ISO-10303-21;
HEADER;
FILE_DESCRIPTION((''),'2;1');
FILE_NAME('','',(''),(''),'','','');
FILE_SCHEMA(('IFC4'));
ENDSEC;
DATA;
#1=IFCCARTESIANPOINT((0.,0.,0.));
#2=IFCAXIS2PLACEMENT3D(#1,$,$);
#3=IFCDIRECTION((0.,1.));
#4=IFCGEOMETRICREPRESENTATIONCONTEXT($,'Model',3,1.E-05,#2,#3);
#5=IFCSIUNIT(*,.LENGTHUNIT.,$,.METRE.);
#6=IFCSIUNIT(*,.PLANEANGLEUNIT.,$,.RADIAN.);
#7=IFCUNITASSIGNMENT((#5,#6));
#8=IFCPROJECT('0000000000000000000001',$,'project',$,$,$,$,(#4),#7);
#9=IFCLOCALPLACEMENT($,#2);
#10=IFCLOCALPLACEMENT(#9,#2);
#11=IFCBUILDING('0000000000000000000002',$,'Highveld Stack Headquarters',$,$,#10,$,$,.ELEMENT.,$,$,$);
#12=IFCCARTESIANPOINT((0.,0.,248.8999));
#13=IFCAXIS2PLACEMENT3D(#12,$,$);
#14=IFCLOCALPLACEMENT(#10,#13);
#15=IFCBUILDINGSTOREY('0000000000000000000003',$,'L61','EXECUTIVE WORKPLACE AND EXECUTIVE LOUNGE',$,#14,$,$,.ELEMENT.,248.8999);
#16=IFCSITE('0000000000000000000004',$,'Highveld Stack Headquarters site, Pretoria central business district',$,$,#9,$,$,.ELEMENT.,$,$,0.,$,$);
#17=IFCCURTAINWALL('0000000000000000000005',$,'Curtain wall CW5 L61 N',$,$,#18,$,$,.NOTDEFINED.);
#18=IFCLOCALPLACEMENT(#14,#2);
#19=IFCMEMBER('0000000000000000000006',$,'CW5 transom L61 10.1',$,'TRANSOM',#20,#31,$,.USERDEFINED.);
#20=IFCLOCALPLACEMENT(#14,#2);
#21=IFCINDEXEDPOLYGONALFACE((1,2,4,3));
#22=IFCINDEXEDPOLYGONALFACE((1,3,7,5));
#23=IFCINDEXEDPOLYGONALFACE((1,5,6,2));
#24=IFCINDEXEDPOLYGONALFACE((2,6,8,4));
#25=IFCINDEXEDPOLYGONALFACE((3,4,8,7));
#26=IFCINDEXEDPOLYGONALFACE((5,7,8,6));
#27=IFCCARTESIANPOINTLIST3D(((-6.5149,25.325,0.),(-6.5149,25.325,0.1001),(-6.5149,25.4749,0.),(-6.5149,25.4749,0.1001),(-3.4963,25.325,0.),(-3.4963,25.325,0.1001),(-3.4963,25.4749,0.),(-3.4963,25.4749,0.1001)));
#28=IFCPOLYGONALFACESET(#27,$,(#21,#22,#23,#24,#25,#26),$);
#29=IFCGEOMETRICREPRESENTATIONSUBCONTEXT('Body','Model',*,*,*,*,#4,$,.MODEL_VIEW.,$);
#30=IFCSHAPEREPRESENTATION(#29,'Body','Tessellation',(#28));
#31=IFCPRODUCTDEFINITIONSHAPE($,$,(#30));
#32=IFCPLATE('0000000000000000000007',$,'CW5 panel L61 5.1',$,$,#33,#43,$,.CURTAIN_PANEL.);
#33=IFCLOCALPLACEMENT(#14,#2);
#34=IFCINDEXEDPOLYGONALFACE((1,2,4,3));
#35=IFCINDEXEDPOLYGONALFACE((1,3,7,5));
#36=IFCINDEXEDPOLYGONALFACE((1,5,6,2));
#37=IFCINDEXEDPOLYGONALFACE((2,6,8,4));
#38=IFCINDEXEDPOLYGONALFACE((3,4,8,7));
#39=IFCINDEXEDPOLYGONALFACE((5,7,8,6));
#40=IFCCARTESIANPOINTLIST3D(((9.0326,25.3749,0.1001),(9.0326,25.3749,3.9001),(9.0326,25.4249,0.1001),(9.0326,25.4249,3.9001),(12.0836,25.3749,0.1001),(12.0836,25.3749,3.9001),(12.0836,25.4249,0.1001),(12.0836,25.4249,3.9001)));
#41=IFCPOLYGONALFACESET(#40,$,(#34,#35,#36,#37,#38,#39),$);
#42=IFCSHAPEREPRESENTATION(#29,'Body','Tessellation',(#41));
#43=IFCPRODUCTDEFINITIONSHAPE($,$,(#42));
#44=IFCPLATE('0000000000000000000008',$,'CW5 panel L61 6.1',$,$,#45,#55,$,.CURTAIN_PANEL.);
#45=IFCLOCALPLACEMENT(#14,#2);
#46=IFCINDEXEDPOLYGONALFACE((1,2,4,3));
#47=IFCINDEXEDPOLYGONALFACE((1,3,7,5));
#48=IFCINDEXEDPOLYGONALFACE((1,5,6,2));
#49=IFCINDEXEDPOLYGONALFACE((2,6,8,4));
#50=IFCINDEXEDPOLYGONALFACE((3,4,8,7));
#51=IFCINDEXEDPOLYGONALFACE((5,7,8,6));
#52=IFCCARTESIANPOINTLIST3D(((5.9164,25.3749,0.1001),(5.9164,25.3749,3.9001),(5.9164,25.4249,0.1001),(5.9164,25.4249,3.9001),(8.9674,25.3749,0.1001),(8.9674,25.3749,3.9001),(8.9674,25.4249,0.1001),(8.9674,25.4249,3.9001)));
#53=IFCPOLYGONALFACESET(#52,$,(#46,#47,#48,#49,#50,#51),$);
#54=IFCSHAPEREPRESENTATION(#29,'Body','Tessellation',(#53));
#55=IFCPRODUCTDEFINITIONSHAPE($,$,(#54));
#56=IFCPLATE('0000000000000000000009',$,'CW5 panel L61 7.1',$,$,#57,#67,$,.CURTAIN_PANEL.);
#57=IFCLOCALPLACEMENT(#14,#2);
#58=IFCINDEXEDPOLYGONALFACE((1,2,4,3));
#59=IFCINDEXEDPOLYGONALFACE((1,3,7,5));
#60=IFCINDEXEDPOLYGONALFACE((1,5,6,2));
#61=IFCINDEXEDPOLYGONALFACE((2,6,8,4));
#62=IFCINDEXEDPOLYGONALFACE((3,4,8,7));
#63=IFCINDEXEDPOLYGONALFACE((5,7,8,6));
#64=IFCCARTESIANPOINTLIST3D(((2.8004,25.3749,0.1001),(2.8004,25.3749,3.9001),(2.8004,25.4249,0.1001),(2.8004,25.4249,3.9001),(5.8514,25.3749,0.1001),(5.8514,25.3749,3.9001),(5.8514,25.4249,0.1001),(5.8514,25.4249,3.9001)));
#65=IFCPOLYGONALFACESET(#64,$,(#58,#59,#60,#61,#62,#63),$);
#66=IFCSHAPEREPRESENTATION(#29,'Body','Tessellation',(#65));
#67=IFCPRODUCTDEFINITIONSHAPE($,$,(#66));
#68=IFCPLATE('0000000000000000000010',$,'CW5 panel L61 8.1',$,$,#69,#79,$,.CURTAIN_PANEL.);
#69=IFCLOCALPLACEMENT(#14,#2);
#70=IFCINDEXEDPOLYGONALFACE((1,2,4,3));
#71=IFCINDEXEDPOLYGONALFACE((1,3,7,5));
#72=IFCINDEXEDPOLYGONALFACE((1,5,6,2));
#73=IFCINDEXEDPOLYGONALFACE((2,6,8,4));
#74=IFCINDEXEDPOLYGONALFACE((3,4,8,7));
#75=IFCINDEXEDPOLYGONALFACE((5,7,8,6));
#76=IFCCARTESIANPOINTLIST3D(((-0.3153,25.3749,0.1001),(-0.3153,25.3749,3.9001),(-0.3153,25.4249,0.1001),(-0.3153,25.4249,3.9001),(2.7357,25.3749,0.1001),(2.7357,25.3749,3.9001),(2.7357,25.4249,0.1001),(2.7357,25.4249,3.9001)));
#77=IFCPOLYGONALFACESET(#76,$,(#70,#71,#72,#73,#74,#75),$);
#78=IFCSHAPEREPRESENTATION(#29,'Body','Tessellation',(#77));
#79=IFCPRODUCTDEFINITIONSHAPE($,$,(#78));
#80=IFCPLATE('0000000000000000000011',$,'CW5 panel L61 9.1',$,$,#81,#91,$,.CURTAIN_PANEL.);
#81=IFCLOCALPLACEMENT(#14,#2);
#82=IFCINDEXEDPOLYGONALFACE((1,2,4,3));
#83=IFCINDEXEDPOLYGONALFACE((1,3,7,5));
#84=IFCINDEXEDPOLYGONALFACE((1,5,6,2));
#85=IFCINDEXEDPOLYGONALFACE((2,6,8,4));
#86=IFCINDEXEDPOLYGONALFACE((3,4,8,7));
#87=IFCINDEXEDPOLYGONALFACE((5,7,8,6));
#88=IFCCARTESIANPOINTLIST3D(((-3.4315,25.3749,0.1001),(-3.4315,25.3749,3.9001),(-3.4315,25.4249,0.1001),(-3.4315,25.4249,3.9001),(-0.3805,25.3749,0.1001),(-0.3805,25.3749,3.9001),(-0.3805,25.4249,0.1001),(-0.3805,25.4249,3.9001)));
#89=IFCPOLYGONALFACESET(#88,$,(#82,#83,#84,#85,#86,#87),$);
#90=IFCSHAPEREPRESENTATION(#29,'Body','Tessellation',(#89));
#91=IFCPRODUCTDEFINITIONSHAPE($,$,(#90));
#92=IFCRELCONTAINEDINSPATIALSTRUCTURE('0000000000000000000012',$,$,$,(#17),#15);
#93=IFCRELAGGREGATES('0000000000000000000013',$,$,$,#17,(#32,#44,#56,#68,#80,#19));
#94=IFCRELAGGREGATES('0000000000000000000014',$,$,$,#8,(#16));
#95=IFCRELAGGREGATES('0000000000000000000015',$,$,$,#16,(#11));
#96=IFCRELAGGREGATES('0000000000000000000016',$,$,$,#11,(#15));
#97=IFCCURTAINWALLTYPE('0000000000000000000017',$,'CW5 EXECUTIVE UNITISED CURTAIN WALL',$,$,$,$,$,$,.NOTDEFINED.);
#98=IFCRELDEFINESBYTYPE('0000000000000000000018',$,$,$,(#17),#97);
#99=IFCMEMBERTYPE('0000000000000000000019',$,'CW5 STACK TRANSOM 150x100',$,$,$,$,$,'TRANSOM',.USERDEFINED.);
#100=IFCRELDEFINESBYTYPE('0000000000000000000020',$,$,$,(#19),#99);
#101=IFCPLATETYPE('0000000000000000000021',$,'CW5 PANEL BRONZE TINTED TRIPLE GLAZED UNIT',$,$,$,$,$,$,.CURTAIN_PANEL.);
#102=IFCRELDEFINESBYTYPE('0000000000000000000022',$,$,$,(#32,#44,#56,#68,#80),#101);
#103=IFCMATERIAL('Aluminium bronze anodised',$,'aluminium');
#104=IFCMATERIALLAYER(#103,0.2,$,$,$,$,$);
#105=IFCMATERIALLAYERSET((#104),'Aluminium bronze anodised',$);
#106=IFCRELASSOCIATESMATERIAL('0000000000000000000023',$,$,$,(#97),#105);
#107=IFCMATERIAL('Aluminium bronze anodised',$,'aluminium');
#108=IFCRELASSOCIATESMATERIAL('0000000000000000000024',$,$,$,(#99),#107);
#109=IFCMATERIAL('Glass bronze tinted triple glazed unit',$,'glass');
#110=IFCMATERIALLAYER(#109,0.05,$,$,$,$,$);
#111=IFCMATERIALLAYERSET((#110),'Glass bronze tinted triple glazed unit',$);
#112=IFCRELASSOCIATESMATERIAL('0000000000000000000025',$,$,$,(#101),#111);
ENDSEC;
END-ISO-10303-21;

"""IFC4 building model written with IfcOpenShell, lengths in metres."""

from ifc_helpers import new_model, si_unit, direction, frame, origin, origin_2d, place, context, subcontext, project, spatial, rectangle, extrude, material, layer, layer_set, material_profile, profile_set, type_object, element, aggregate, save


model = new_model("IFC4")

# Units and contexts
model_context = context("Model", 3, precision=1e-05, world=origin(), true_north=direction((0.0, 1.0)))
body_context = subcontext(model_context, "Body", "Model", "MODEL_VIEW")
ifc_project = project(units=[si_unit("LENGTHUNIT", "METRE"), si_unit("PLANEANGLEUNIT", "RADIAN")], contexts=[model_context])

# Site, building, storey
site_placement = place(None, origin())
site = spatial("IfcSite", under=ifc_project, at=site_placement, Name="Highveld Stack Headquarters site, Pretoria central business district", CompositionType="ELEMENT", RefElevation=0.0)
building_placement = place(site_placement, origin())
building = spatial("IfcBuilding", under=site, at=building_placement, Name="Highveld Stack Headquarters", CompositionType="ELEMENT")
storey_placement = place(building_placement, frame((0.0, 0.0, 248.8999)))
storey = spatial("IfcBuildingStorey", under=building, at=storey_placement, Name="L61", Description="EXECUTIVE WORKPLACE AND EXECUTIVE LOUNGE", CompositionType="ELEMENT", Elevation=248.8999)

# Curtain wall, member, plates
ifc_material_1 = material(Name="Aluminium bronze anodised", Category="aluminium")
ifc_layer_1 = layer(ifc_material_1, 0.2)
ifc_layer_set_1 = layer_set([ifc_layer_1], Name="Aluminium bronze anodised")
curtain_wall_type = type_object("IfcCurtainWallType", Name="CW5 EXECUTIVE UNITISED CURTAIN WALL", PredefinedType="NOTDEFINED", material=ifc_layer_set_1)
curtain_wall_placement = place(storey_placement, origin())
curtain_wall = element("IfcCurtainWall", 1, at=curtain_wall_placement, inside=storey, type_object=curtain_wall_type, Name="Curtain wall CW5 L61 N", PredefinedType="NOTDEFINED")
ifc_material_2 = material(Name="Aluminium bronze anodised", Category="aluminium")
ifc_material_profile_1 = material_profile(ifc_material_2, rectangle(XDim=0.1499, YDim=0.1001, at=origin_2d()), Name="CW5 TRANSOM 150x100")
ifc_profile_set_1 = profile_set([ifc_material_profile_1], Name="Aluminium bronze anodised")
member_type_1 = type_object("IfcMemberType", Name="CW5 STACK TRANSOM 150x100", ElementType="TRANSOM", PredefinedType="USERDEFINED", material=ifc_profile_set_1)
member_1_placement = place(storey_placement, frame((-3.4963, 25.3999, 0.05), z_axis=(-1.0, 0.0, 0.0), x_axis=(0.0, -1.0, 0.0)))
member_1 = element("IfcMember", 2, at=member_1_placement, type_object=member_type_1, Name="CW5 transom L61 10.1", ObjectType="TRANSOM", PredefinedType="USERDEFINED", context=body_context, shape_type="SweptSolid", body=[
    extrude(rectangle(XDim=0.1499, YDim=0.1001, at=origin_2d()), origin(), (0.0, 0.0, 1.0), 3.0186),
])
ifc_material_3 = material(Name="Glass bronze tinted triple glazed unit", Category="glass")
ifc_layer_2 = layer(ifc_material_3, 0.05)
ifc_layer_set_2 = layer_set([ifc_layer_2], Name="Glass bronze tinted triple glazed unit")
plate_type = type_object("IfcPlateType", Name="CW5 PANEL BRONZE TINTED TRIPLE GLAZED UNIT", PredefinedType="CURTAIN_PANEL", material=ifc_layer_set_2)
plate_1_placement = place(storey_placement, frame((10.5581, 25.3999, 0.1001), z_axis=(0.0, 0.0, 1.0), x_axis=(-1.0, 0.0, 0.0)))
plate_1 = element("IfcPlate", 3, at=plate_1_placement, type_object=plate_type, Name="CW5 panel L61 5.1", PredefinedType="CURTAIN_PANEL", context=body_context, shape_type="SweptSolid", body=[
    extrude(rectangle(XDim=3.051, YDim=0.05, at=origin_2d()), origin(), (0.0, 0.0, 1.0), 3.8),
])
plate_2_placement = place(storey_placement, frame((7.4419, 25.3999, 0.1001), z_axis=(0.0, 0.0, 1.0), x_axis=(-1.0, 0.0, 0.0)))
plate_2 = element("IfcPlate", 4, at=plate_2_placement, type_object=plate_type, Name="CW5 panel L61 6.1", PredefinedType="CURTAIN_PANEL", context=body_context, shape_type="SweptSolid", body=[
    extrude(rectangle(XDim=3.051, YDim=0.05, at=origin_2d()), origin(), (0.0, 0.0, 1.0), 3.8),
])
plate_3_placement = place(storey_placement, frame((4.3259, 25.3999, 0.1001), z_axis=(0.0, 0.0, 1.0), x_axis=(-1.0, 0.0, 0.0)))
plate_3 = element("IfcPlate", 5, at=plate_3_placement, type_object=plate_type, Name="CW5 panel L61 7.1", PredefinedType="CURTAIN_PANEL", context=body_context, shape_type="SweptSolid", body=[
    extrude(rectangle(XDim=3.051, YDim=0.05, at=origin_2d()), origin(), (0.0, 0.0, 1.0), 3.8),
])
plate_4_placement = place(storey_placement, frame((1.2102, 25.3999, 0.1001), z_axis=(0.0, 0.0, 1.0), x_axis=(-1.0, 0.0, 0.0)))
plate_4 = element("IfcPlate", 6, at=plate_4_placement, type_object=plate_type, Name="CW5 panel L61 8.1", PredefinedType="CURTAIN_PANEL", context=body_context, shape_type="SweptSolid", body=[
    extrude(rectangle(XDim=3.051, YDim=0.05, at=origin_2d()), origin(), (0.0, 0.0, 1.0), 3.8),
])
plate_5_placement = place(storey_placement, frame((-1.906, 25.3999, 0.1001), z_axis=(0.0, 0.0, 1.0), x_axis=(-1.0, 0.0, 0.0)))
plate_5 = element("IfcPlate", 7, at=plate_5_placement, type_object=plate_type, Name="CW5 panel L61 9.1", PredefinedType="CURTAIN_PANEL", context=body_context, shape_type="SweptSolid", body=[
    extrude(rectangle(XDim=3.051, YDim=0.05, at=origin_2d()), origin(), (0.0, 0.0, 1.0), 3.8),
])
aggregate(curtain_wall, [plate_1, plate_2, plate_3, plate_4, plate_5, member_1])

save(model, "model.ifc")
